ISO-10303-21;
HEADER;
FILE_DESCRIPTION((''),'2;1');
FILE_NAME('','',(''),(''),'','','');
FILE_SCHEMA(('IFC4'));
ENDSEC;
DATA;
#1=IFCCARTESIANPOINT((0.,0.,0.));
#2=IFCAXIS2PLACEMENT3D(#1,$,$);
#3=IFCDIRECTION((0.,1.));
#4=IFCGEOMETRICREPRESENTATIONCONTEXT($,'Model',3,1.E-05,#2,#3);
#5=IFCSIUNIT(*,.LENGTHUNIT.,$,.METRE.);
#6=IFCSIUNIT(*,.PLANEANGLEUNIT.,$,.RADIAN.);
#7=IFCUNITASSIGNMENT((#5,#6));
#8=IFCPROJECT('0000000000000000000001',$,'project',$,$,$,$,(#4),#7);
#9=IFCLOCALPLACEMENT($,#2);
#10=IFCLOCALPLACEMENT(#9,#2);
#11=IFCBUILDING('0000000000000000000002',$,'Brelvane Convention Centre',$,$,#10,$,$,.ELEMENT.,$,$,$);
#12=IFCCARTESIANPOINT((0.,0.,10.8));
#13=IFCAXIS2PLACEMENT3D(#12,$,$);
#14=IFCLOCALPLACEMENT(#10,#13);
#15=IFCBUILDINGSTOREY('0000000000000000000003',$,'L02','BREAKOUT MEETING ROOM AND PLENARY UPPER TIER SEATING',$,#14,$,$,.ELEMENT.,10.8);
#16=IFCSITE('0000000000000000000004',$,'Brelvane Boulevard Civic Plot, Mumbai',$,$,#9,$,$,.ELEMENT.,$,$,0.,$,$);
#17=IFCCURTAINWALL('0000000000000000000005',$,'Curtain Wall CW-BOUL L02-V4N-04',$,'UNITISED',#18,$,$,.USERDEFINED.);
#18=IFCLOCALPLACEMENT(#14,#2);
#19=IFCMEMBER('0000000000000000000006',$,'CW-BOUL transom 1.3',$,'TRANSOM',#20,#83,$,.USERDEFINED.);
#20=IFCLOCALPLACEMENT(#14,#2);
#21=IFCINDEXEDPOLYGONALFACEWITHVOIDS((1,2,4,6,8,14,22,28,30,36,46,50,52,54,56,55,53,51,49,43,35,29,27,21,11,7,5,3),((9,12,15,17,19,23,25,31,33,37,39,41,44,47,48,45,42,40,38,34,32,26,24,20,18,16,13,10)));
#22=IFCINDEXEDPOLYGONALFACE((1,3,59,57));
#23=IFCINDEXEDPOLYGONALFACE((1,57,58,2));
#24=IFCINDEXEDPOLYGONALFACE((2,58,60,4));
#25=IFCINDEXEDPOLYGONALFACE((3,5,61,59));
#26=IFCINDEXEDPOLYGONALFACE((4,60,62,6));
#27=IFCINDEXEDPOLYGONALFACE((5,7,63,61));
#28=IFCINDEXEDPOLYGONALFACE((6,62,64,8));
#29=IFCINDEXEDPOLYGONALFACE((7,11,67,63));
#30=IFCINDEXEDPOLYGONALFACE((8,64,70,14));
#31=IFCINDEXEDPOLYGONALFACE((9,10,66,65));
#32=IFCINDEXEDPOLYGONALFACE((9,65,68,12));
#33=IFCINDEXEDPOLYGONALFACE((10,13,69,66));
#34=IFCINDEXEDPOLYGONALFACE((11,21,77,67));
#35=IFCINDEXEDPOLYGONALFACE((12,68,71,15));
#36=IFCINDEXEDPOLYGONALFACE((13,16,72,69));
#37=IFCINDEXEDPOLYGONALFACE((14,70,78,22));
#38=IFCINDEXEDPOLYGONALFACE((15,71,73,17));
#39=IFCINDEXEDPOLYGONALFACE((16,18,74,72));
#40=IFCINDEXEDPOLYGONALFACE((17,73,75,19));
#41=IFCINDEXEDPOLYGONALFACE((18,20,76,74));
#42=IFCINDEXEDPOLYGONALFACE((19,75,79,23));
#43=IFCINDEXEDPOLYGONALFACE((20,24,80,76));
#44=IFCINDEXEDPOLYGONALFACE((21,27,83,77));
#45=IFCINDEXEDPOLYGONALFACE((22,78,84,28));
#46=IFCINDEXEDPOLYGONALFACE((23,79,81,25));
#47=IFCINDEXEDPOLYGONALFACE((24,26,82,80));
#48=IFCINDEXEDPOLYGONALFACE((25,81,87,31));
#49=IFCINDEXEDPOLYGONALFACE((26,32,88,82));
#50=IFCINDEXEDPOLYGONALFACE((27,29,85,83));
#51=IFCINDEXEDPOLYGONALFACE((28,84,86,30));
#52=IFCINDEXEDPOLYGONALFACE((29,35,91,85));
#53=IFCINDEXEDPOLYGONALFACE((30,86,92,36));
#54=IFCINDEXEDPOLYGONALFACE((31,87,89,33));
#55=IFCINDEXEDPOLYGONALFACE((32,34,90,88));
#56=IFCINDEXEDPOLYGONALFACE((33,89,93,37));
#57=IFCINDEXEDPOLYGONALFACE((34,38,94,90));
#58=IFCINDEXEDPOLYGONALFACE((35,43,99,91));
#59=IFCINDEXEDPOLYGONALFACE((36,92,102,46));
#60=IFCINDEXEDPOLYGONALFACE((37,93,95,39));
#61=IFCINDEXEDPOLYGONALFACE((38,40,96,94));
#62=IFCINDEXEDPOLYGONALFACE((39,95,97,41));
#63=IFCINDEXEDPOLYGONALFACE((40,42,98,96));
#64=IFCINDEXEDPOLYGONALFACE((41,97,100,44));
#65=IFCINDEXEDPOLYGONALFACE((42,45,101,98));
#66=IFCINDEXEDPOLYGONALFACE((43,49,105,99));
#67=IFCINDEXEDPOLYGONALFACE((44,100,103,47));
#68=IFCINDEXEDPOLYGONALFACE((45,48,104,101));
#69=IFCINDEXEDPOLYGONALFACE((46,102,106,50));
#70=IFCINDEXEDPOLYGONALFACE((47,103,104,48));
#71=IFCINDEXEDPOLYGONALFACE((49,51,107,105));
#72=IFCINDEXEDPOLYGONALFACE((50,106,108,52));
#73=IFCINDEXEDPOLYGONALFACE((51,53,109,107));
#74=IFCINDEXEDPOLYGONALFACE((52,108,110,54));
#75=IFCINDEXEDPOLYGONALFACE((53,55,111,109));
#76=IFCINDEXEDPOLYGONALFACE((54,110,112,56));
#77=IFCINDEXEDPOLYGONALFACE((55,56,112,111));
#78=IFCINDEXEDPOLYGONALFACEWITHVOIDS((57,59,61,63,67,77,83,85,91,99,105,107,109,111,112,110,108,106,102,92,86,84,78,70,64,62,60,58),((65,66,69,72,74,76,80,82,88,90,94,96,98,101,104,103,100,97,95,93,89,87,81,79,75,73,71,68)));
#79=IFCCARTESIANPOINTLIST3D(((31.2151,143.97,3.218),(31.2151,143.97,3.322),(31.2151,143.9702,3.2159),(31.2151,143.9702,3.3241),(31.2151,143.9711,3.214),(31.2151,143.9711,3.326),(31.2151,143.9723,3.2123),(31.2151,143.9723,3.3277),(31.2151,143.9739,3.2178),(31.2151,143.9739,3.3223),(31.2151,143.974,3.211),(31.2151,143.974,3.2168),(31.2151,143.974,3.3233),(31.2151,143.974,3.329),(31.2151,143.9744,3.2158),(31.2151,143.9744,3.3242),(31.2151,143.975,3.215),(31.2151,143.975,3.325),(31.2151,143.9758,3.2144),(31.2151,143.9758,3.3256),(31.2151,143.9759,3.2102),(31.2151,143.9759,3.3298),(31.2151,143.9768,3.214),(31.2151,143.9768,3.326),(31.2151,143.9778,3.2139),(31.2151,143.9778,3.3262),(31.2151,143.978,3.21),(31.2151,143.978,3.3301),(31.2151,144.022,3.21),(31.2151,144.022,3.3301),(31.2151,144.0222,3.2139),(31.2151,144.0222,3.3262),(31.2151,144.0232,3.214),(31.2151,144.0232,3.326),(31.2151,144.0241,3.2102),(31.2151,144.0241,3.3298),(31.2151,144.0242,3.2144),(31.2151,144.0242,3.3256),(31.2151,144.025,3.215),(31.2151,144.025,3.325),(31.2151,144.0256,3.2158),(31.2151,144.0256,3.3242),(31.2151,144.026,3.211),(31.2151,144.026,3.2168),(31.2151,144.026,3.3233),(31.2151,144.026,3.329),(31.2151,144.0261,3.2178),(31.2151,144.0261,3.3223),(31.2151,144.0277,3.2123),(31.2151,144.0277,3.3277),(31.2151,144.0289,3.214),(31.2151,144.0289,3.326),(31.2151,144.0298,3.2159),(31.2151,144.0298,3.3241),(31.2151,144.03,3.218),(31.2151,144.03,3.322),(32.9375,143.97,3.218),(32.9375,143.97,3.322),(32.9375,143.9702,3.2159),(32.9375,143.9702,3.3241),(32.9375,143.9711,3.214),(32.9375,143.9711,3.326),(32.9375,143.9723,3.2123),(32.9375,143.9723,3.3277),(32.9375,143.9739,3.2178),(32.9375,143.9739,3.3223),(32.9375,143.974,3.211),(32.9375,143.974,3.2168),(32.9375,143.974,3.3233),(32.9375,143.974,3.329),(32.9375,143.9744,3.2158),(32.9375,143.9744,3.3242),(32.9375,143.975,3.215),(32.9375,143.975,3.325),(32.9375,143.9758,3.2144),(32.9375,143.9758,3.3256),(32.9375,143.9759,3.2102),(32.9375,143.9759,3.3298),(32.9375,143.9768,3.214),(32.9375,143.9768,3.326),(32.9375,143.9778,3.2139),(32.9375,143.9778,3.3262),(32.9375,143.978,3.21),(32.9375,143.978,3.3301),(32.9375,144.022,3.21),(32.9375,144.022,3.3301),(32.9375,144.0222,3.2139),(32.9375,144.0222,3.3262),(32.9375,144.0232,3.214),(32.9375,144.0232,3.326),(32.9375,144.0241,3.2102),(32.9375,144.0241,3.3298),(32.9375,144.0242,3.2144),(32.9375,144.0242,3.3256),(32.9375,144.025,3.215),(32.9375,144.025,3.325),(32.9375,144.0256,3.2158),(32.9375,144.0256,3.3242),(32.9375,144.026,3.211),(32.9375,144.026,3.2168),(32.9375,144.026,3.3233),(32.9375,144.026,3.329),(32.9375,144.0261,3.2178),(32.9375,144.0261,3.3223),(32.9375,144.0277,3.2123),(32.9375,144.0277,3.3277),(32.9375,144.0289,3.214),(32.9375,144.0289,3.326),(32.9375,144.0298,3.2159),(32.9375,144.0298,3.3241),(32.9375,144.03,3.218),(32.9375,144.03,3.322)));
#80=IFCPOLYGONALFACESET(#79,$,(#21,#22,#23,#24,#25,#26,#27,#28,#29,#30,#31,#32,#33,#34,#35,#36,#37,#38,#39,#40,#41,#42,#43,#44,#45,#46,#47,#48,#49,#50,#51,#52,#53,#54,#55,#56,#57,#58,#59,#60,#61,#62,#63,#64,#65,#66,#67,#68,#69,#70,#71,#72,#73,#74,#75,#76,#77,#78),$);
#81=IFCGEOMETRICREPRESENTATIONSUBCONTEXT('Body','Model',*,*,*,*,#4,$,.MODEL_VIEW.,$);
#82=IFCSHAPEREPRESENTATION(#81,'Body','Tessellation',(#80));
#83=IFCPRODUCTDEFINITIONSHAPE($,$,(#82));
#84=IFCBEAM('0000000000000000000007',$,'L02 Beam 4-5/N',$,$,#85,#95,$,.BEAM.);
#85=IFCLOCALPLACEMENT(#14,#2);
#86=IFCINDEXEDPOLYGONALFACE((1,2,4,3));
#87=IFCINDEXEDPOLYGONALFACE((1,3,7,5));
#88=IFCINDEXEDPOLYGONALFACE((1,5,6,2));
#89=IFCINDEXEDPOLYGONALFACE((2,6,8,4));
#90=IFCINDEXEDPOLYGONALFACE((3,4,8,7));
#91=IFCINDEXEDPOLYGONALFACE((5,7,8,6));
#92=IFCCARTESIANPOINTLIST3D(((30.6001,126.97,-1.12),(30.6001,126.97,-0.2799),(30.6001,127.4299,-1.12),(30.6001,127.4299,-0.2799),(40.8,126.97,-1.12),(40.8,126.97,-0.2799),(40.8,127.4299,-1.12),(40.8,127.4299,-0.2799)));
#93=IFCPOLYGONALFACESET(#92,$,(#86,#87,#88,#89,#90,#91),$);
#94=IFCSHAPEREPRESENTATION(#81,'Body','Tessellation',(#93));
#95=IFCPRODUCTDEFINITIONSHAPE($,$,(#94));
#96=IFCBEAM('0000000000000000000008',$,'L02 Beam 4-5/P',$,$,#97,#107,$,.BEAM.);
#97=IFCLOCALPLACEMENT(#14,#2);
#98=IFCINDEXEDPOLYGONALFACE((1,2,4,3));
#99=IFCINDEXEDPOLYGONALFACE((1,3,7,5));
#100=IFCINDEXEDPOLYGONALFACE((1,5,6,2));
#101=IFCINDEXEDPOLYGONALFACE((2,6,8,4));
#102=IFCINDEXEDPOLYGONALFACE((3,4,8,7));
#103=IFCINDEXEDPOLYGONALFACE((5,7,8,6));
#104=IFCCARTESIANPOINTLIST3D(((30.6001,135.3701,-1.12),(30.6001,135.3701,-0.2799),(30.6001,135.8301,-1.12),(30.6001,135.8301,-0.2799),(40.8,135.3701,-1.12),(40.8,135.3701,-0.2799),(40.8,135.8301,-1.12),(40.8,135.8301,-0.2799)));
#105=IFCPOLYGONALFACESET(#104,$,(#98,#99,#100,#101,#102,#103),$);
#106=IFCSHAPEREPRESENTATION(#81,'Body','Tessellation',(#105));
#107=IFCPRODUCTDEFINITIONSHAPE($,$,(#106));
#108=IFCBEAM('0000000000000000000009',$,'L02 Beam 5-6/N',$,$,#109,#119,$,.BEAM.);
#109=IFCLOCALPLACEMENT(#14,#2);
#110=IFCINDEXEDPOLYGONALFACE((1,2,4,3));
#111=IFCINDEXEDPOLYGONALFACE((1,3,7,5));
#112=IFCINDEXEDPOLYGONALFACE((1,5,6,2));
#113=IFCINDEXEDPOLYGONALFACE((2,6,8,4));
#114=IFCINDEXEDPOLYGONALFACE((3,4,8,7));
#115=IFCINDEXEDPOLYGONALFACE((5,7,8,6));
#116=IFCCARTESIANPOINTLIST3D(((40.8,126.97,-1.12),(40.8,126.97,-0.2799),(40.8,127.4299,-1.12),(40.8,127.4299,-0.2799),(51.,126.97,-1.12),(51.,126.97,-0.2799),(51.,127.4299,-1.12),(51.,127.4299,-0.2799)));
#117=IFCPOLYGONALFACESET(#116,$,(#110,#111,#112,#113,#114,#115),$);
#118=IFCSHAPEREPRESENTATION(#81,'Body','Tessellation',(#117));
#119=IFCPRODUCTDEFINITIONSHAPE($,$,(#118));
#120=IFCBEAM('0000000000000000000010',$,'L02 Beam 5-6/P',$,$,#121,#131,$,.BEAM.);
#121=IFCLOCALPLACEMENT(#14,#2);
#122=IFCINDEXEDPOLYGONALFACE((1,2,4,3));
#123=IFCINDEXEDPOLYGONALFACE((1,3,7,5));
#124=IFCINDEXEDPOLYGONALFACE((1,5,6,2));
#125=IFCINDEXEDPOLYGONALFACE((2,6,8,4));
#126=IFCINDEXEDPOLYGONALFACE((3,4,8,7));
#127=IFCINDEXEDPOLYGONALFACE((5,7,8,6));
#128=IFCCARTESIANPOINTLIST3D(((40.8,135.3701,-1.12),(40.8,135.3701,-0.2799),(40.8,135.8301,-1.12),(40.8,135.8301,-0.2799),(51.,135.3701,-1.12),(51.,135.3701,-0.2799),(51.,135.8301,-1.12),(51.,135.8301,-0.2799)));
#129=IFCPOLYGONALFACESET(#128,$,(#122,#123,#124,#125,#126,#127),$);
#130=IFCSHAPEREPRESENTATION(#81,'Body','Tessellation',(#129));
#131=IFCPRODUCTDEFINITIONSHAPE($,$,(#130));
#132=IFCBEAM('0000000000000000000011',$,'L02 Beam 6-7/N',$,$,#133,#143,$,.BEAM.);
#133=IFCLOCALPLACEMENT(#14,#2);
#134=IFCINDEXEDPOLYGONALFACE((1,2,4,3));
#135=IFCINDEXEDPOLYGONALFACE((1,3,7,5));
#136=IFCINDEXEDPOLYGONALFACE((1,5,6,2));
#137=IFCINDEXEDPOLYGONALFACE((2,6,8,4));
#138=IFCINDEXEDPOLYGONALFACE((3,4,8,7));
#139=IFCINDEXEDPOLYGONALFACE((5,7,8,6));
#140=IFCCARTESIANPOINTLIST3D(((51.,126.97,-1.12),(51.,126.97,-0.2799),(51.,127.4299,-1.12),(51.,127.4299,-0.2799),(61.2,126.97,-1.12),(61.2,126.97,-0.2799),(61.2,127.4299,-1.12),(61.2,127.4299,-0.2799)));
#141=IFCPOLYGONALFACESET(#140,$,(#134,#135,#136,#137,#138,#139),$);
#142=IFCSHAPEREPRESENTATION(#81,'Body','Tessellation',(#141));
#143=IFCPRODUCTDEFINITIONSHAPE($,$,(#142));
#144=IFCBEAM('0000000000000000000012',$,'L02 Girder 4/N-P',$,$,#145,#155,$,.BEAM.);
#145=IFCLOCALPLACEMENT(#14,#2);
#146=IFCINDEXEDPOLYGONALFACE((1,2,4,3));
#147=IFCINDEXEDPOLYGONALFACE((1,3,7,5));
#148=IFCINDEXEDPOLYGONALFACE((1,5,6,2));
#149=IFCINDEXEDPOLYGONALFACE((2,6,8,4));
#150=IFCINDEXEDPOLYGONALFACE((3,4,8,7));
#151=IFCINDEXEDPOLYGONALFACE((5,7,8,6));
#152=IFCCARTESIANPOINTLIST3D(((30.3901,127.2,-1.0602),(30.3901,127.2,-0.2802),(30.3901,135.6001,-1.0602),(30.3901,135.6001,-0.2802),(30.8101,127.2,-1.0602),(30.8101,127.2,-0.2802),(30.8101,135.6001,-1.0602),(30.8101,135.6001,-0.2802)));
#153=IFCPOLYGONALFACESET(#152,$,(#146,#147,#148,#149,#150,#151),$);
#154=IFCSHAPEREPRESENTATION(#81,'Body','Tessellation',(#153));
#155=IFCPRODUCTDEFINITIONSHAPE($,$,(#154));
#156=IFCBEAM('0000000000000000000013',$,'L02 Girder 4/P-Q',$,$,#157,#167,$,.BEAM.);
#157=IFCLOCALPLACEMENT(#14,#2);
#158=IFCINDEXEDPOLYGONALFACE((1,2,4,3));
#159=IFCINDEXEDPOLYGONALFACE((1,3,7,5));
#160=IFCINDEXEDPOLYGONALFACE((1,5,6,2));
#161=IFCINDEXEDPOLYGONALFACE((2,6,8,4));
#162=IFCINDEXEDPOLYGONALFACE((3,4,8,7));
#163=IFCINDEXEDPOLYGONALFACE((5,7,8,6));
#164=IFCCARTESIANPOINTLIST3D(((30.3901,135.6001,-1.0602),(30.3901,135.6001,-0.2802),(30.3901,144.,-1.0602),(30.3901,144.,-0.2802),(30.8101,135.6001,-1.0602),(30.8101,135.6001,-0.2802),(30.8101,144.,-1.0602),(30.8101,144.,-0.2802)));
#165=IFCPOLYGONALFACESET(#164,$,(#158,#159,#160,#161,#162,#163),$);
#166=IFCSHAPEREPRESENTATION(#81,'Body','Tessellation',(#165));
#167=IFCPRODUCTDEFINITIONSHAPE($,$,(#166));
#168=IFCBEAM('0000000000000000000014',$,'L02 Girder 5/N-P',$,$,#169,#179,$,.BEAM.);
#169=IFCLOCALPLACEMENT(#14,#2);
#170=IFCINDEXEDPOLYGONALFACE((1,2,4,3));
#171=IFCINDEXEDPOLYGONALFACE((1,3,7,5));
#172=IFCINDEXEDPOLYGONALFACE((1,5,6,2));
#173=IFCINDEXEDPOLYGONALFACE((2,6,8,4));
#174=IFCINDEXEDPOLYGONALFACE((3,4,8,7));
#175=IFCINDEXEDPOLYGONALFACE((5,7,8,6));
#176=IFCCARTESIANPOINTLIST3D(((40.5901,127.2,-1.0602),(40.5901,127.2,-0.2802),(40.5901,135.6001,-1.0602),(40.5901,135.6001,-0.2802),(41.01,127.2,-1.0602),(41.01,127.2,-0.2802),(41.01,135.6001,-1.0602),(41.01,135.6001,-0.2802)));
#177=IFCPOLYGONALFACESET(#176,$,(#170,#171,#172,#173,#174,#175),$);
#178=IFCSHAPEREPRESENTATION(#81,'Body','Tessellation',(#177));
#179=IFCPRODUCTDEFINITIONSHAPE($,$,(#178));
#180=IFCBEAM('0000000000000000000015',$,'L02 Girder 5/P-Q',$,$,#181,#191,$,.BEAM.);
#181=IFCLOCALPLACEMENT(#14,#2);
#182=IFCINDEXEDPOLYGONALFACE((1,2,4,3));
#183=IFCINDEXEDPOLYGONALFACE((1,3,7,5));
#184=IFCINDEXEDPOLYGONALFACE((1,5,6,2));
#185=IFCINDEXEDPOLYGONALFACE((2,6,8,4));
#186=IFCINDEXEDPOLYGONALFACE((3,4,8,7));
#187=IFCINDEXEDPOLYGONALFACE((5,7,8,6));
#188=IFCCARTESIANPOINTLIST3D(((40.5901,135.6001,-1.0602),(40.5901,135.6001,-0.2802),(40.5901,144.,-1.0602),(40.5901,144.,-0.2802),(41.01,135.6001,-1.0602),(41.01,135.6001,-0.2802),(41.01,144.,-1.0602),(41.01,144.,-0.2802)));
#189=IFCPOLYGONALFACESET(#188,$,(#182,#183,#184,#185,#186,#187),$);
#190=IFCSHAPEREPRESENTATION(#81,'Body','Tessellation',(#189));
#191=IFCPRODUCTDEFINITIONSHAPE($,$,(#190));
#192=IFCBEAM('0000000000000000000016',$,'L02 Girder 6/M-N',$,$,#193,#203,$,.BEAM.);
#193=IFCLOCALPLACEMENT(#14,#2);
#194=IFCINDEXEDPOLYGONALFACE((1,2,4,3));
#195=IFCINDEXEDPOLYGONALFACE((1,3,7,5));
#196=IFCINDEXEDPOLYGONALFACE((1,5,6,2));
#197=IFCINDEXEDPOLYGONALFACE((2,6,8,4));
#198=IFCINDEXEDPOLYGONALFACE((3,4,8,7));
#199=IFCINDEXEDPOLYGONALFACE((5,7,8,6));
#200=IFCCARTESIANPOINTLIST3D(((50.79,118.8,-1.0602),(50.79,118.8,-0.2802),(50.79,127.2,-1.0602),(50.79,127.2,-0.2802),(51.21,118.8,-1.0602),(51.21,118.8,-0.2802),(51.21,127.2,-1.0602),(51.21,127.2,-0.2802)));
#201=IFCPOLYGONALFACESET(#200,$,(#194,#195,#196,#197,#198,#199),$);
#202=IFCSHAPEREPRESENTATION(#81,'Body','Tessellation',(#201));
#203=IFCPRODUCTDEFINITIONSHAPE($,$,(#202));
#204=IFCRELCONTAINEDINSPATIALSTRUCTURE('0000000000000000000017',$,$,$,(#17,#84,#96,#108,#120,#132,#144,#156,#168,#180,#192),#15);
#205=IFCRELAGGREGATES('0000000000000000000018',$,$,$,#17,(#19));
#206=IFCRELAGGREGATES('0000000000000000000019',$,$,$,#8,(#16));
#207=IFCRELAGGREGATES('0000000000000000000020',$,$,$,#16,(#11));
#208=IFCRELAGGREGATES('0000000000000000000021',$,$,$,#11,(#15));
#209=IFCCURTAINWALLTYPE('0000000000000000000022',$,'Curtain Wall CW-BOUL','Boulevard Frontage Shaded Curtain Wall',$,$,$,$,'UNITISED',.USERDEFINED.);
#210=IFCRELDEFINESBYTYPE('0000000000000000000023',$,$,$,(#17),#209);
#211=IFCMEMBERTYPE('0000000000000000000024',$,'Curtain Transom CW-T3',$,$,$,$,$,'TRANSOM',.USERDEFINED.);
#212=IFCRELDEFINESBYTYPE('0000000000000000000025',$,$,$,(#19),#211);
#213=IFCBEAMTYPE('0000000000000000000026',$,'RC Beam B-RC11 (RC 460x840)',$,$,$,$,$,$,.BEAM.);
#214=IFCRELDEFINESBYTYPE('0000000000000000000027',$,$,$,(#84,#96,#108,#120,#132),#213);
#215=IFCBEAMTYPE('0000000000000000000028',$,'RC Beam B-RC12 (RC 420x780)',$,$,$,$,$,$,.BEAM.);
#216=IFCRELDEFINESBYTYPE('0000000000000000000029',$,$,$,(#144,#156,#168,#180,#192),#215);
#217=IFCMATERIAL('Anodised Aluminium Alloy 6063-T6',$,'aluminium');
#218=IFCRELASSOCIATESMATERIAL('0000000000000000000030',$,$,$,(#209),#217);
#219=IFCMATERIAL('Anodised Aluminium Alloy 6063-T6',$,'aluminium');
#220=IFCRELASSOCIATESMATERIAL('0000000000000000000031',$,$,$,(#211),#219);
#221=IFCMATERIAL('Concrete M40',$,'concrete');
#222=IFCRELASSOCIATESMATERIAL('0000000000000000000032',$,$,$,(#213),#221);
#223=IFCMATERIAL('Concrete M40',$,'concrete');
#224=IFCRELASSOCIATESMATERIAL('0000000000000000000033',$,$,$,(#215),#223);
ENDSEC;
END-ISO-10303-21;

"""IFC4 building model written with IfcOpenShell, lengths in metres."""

from ifc_helpers import new_model, si_unit, direction, frame, origin, origin_2d, place, context, subcontext, project, spatial, rectangle, hollow_rectangle, extrude, material, material_profile, profile_set, type_object, element, aggregate, save


model = new_model("IFC4")

# Units and contexts
model_context = context("Model", 3, precision=1e-05, world=origin(), true_north=direction((0.0, 1.0)))
body_context = subcontext(model_context, "Body", "Model", "MODEL_VIEW")
ifc_project = project(units=[si_unit("LENGTHUNIT", "METRE"), si_unit("PLANEANGLEUNIT", "RADIAN")], contexts=[model_context])

# Site, building, storey
site_placement = place(None, origin())
site = spatial("IfcSite", under=ifc_project, at=site_placement, Name="Brelvane Boulevard Civic Plot, Mumbai", CompositionType="ELEMENT", RefElevation=0.0)
building_placement = place(site_placement, origin())
building = spatial("IfcBuilding", under=site, at=building_placement, Name="Brelvane Convention Centre", CompositionType="ELEMENT")
storey_placement = place(building_placement, frame((0.0, 0.0, 10.8)))
storey = spatial("IfcBuildingStorey", under=building, at=storey_placement, Name="L02", Description="BREAKOUT MEETING ROOM AND PLENARY UPPER TIER SEATING", CompositionType="ELEMENT", Elevation=10.8)

# Curtain wall, member
ifc_material_1 = material(Name="Anodised Aluminium Alloy 6063-T6", Category="aluminium")
curtain_wall_type = type_object("IfcCurtainWallType", Name="Curtain Wall CW-BOUL", Description="Boulevard Frontage Shaded Curtain Wall", ElementType="UNITISED", PredefinedType="USERDEFINED", material=ifc_material_1)
curtain_wall_placement = place(storey_placement, origin())
curtain_wall = element("IfcCurtainWall", 1, at=curtain_wall_placement, inside=storey, type_object=curtain_wall_type, Name="Curtain Wall CW-BOUL L02-V4N-04", ObjectType="UNITISED", PredefinedType="USERDEFINED")
ifc_material_2 = material(Name="Anodised Aluminium Alloy 6063-T6", Category="aluminium")
ifc_material_profile_1 = material_profile(ifc_material_2, hollow_rectangle(XDim=0.0601, YDim=0.1201, WallThickness=0.0039, InnerFilletRadius=0.0039, OuterFilletRadius=0.0081, at=origin_2d()), Name="ALU-T 120x60x4.0")
ifc_profile_set_1 = profile_set([ifc_material_profile_1], Name="Anodised Aluminium Alloy 6063-T6")
member_type_1 = type_object("IfcMemberType", Name="Curtain Transom CW-T3", ElementType="TRANSOM", PredefinedType="USERDEFINED", material=ifc_profile_set_1)
member_1_placement = place(storey_placement, frame((31.2151, 144.0, 3.27), z_axis=(1.0, 0.0, 0.0), x_axis=(0.0, 1.0, 0.0)))
member_1 = element("IfcMember", 2, at=member_1_placement, type_object=member_type_1, Name="CW-BOUL transom 1.3", ObjectType="TRANSOM", PredefinedType="USERDEFINED", context=body_context, shape_type="SweptSolid", body=[
    extrude(hollow_rectangle(XDim=0.0601, YDim=0.1201, WallThickness=0.0039, InnerFilletRadius=0.0039, OuterFilletRadius=0.0081, at=origin_2d()), origin(), (0.0, 0.0, 1.0), 1.7224),
])
aggregate(curtain_wall, [member_1])

# Beams
ifc_material_3 = material(Name="Concrete M40", Category="concrete")
ifc_material_profile_2 = material_profile(ifc_material_3, rectangle(XDim=0.46, YDim=0.8401, at=origin_2d()), Name="RC 460x840")
ifc_profile_set_2 = profile_set([ifc_material_profile_2], Name="Concrete M40")
beam_type_1 = type_object("IfcBeamType", Name="RC Beam B-RC11 (RC 460x840)", PredefinedType="BEAM", material=ifc_profile_set_2)
for number, where, z_axis, x_axis, name in (
    (3, (30.6001, 127.2, -0.7), (1.0, 0.0, 0.0), (0.0, 1.0, 0.0), "L02 Beam 4-5/N"),
    (4, (30.6001, 135.6001, -0.7), (1.0, 0.0, 0.0), (0.0, 1.0, 0.0), "L02 Beam 4-5/P"),
    (5, (40.8, 127.2, -0.7), (1.0, 0.0, 0.0), (0.0, 1.0, 0.0), "L02 Beam 5-6/N"),
    (6, (40.8, 135.6001, -0.7), (1.0, 0.0, 0.0), (0.0, 1.0, 0.0), "L02 Beam 5-6/P"),
    (7, (51.0, 127.2, -0.7), (1.0, 0.0, 0.0), (0.0, 1.0, 0.0), "L02 Beam 6-7/N"),
):
    element("IfcBeam", number, at=place(storey_placement, frame(where, z_axis=z_axis, x_axis=x_axis)), inside=storey, type_object=beam_type_1, Name=name, PredefinedType="BEAM", context=body_context, shape_type="SweptSolid", body=[
        extrude(rectangle(XDim=0.46, YDim=0.8401, at=origin_2d()), origin(), (0.0, 0.0, 1.0), 10.2),
    ])
ifc_material_4 = material(Name="Concrete M40", Category="concrete")
ifc_material_profile_3 = material_profile(ifc_material_4, rectangle(XDim=0.4199, YDim=0.78, at=origin_2d()), Name="RC 420x780")
ifc_profile_set_3 = profile_set([ifc_material_profile_3], Name="Concrete M40")
beam_type_2 = type_object("IfcBeamType", Name="RC Beam B-RC12 (RC 420x780)", PredefinedType="BEAM", material=ifc_profile_set_3)
beam_1_placement = place(storey_placement, frame((30.6001, 127.2, -0.6702), z_axis=(0.0, 1.0, 0.0), x_axis=(-1.0, 0.0, 0.0)))
element("IfcBeam", 8, at=beam_1_placement, inside=storey, type_object=beam_type_2, Name="L02 Girder 4/N-P", PredefinedType="BEAM", context=body_context, shape_type="SweptSolid", body=[
    extrude(rectangle(XDim=0.4199, YDim=0.78, at=origin_2d()), origin(), (0.0, 0.0, 1.0), 8.4001),
])
beam_2_placement = place(storey_placement, frame((30.6001, 135.6001, -0.6702), z_axis=(0.0, 1.0, 0.0), x_axis=(-1.0, 0.0, 0.0)))
element("IfcBeam", 9, at=beam_2_placement, inside=storey, type_object=beam_type_2, Name="L02 Girder 4/P-Q", PredefinedType="BEAM", context=body_context, shape_type="SweptSolid", body=[
    extrude(rectangle(XDim=0.4199, YDim=0.78, at=origin_2d()), origin(), (0.0, 0.0, 1.0), 8.3999),
])
beam_3_placement = place(storey_placement, frame((40.8, 127.2, -0.6702), z_axis=(0.0, 1.0, 0.0), x_axis=(-1.0, 0.0, 0.0)))
element("IfcBeam", 10, at=beam_3_placement, inside=storey, type_object=beam_type_2, Name="L02 Girder 5/N-P", PredefinedType="BEAM", context=body_context, shape_type="SweptSolid", body=[
    extrude(rectangle(XDim=0.4199, YDim=0.78, at=origin_2d()), origin(), (0.0, 0.0, 1.0), 8.4001),
])
for number, where, z_axis, x_axis, name in (
    (11, (40.8, 135.6001, -0.6702), (0.0, 1.0, 0.0), (-1.0, 0.0, 0.0), "L02 Girder 5/P-Q"),
    (12, (51.0, 118.8, -0.6702), (0.0, 1.0, 0.0), (-1.0, 0.0, 0.0), "L02 Girder 6/M-N"),
):
    element("IfcBeam", number, at=place(storey_placement, frame(where, z_axis=z_axis, x_axis=x_axis)), inside=storey, type_object=beam_type_2, Name=name, PredefinedType="BEAM", context=body_context, shape_type="SweptSolid", body=[
        extrude(rectangle(XDim=0.4199, YDim=0.78, at=origin_2d()), origin(), (0.0, 0.0, 1.0), 8.3999),
    ])

save(model, "model.ifc")
